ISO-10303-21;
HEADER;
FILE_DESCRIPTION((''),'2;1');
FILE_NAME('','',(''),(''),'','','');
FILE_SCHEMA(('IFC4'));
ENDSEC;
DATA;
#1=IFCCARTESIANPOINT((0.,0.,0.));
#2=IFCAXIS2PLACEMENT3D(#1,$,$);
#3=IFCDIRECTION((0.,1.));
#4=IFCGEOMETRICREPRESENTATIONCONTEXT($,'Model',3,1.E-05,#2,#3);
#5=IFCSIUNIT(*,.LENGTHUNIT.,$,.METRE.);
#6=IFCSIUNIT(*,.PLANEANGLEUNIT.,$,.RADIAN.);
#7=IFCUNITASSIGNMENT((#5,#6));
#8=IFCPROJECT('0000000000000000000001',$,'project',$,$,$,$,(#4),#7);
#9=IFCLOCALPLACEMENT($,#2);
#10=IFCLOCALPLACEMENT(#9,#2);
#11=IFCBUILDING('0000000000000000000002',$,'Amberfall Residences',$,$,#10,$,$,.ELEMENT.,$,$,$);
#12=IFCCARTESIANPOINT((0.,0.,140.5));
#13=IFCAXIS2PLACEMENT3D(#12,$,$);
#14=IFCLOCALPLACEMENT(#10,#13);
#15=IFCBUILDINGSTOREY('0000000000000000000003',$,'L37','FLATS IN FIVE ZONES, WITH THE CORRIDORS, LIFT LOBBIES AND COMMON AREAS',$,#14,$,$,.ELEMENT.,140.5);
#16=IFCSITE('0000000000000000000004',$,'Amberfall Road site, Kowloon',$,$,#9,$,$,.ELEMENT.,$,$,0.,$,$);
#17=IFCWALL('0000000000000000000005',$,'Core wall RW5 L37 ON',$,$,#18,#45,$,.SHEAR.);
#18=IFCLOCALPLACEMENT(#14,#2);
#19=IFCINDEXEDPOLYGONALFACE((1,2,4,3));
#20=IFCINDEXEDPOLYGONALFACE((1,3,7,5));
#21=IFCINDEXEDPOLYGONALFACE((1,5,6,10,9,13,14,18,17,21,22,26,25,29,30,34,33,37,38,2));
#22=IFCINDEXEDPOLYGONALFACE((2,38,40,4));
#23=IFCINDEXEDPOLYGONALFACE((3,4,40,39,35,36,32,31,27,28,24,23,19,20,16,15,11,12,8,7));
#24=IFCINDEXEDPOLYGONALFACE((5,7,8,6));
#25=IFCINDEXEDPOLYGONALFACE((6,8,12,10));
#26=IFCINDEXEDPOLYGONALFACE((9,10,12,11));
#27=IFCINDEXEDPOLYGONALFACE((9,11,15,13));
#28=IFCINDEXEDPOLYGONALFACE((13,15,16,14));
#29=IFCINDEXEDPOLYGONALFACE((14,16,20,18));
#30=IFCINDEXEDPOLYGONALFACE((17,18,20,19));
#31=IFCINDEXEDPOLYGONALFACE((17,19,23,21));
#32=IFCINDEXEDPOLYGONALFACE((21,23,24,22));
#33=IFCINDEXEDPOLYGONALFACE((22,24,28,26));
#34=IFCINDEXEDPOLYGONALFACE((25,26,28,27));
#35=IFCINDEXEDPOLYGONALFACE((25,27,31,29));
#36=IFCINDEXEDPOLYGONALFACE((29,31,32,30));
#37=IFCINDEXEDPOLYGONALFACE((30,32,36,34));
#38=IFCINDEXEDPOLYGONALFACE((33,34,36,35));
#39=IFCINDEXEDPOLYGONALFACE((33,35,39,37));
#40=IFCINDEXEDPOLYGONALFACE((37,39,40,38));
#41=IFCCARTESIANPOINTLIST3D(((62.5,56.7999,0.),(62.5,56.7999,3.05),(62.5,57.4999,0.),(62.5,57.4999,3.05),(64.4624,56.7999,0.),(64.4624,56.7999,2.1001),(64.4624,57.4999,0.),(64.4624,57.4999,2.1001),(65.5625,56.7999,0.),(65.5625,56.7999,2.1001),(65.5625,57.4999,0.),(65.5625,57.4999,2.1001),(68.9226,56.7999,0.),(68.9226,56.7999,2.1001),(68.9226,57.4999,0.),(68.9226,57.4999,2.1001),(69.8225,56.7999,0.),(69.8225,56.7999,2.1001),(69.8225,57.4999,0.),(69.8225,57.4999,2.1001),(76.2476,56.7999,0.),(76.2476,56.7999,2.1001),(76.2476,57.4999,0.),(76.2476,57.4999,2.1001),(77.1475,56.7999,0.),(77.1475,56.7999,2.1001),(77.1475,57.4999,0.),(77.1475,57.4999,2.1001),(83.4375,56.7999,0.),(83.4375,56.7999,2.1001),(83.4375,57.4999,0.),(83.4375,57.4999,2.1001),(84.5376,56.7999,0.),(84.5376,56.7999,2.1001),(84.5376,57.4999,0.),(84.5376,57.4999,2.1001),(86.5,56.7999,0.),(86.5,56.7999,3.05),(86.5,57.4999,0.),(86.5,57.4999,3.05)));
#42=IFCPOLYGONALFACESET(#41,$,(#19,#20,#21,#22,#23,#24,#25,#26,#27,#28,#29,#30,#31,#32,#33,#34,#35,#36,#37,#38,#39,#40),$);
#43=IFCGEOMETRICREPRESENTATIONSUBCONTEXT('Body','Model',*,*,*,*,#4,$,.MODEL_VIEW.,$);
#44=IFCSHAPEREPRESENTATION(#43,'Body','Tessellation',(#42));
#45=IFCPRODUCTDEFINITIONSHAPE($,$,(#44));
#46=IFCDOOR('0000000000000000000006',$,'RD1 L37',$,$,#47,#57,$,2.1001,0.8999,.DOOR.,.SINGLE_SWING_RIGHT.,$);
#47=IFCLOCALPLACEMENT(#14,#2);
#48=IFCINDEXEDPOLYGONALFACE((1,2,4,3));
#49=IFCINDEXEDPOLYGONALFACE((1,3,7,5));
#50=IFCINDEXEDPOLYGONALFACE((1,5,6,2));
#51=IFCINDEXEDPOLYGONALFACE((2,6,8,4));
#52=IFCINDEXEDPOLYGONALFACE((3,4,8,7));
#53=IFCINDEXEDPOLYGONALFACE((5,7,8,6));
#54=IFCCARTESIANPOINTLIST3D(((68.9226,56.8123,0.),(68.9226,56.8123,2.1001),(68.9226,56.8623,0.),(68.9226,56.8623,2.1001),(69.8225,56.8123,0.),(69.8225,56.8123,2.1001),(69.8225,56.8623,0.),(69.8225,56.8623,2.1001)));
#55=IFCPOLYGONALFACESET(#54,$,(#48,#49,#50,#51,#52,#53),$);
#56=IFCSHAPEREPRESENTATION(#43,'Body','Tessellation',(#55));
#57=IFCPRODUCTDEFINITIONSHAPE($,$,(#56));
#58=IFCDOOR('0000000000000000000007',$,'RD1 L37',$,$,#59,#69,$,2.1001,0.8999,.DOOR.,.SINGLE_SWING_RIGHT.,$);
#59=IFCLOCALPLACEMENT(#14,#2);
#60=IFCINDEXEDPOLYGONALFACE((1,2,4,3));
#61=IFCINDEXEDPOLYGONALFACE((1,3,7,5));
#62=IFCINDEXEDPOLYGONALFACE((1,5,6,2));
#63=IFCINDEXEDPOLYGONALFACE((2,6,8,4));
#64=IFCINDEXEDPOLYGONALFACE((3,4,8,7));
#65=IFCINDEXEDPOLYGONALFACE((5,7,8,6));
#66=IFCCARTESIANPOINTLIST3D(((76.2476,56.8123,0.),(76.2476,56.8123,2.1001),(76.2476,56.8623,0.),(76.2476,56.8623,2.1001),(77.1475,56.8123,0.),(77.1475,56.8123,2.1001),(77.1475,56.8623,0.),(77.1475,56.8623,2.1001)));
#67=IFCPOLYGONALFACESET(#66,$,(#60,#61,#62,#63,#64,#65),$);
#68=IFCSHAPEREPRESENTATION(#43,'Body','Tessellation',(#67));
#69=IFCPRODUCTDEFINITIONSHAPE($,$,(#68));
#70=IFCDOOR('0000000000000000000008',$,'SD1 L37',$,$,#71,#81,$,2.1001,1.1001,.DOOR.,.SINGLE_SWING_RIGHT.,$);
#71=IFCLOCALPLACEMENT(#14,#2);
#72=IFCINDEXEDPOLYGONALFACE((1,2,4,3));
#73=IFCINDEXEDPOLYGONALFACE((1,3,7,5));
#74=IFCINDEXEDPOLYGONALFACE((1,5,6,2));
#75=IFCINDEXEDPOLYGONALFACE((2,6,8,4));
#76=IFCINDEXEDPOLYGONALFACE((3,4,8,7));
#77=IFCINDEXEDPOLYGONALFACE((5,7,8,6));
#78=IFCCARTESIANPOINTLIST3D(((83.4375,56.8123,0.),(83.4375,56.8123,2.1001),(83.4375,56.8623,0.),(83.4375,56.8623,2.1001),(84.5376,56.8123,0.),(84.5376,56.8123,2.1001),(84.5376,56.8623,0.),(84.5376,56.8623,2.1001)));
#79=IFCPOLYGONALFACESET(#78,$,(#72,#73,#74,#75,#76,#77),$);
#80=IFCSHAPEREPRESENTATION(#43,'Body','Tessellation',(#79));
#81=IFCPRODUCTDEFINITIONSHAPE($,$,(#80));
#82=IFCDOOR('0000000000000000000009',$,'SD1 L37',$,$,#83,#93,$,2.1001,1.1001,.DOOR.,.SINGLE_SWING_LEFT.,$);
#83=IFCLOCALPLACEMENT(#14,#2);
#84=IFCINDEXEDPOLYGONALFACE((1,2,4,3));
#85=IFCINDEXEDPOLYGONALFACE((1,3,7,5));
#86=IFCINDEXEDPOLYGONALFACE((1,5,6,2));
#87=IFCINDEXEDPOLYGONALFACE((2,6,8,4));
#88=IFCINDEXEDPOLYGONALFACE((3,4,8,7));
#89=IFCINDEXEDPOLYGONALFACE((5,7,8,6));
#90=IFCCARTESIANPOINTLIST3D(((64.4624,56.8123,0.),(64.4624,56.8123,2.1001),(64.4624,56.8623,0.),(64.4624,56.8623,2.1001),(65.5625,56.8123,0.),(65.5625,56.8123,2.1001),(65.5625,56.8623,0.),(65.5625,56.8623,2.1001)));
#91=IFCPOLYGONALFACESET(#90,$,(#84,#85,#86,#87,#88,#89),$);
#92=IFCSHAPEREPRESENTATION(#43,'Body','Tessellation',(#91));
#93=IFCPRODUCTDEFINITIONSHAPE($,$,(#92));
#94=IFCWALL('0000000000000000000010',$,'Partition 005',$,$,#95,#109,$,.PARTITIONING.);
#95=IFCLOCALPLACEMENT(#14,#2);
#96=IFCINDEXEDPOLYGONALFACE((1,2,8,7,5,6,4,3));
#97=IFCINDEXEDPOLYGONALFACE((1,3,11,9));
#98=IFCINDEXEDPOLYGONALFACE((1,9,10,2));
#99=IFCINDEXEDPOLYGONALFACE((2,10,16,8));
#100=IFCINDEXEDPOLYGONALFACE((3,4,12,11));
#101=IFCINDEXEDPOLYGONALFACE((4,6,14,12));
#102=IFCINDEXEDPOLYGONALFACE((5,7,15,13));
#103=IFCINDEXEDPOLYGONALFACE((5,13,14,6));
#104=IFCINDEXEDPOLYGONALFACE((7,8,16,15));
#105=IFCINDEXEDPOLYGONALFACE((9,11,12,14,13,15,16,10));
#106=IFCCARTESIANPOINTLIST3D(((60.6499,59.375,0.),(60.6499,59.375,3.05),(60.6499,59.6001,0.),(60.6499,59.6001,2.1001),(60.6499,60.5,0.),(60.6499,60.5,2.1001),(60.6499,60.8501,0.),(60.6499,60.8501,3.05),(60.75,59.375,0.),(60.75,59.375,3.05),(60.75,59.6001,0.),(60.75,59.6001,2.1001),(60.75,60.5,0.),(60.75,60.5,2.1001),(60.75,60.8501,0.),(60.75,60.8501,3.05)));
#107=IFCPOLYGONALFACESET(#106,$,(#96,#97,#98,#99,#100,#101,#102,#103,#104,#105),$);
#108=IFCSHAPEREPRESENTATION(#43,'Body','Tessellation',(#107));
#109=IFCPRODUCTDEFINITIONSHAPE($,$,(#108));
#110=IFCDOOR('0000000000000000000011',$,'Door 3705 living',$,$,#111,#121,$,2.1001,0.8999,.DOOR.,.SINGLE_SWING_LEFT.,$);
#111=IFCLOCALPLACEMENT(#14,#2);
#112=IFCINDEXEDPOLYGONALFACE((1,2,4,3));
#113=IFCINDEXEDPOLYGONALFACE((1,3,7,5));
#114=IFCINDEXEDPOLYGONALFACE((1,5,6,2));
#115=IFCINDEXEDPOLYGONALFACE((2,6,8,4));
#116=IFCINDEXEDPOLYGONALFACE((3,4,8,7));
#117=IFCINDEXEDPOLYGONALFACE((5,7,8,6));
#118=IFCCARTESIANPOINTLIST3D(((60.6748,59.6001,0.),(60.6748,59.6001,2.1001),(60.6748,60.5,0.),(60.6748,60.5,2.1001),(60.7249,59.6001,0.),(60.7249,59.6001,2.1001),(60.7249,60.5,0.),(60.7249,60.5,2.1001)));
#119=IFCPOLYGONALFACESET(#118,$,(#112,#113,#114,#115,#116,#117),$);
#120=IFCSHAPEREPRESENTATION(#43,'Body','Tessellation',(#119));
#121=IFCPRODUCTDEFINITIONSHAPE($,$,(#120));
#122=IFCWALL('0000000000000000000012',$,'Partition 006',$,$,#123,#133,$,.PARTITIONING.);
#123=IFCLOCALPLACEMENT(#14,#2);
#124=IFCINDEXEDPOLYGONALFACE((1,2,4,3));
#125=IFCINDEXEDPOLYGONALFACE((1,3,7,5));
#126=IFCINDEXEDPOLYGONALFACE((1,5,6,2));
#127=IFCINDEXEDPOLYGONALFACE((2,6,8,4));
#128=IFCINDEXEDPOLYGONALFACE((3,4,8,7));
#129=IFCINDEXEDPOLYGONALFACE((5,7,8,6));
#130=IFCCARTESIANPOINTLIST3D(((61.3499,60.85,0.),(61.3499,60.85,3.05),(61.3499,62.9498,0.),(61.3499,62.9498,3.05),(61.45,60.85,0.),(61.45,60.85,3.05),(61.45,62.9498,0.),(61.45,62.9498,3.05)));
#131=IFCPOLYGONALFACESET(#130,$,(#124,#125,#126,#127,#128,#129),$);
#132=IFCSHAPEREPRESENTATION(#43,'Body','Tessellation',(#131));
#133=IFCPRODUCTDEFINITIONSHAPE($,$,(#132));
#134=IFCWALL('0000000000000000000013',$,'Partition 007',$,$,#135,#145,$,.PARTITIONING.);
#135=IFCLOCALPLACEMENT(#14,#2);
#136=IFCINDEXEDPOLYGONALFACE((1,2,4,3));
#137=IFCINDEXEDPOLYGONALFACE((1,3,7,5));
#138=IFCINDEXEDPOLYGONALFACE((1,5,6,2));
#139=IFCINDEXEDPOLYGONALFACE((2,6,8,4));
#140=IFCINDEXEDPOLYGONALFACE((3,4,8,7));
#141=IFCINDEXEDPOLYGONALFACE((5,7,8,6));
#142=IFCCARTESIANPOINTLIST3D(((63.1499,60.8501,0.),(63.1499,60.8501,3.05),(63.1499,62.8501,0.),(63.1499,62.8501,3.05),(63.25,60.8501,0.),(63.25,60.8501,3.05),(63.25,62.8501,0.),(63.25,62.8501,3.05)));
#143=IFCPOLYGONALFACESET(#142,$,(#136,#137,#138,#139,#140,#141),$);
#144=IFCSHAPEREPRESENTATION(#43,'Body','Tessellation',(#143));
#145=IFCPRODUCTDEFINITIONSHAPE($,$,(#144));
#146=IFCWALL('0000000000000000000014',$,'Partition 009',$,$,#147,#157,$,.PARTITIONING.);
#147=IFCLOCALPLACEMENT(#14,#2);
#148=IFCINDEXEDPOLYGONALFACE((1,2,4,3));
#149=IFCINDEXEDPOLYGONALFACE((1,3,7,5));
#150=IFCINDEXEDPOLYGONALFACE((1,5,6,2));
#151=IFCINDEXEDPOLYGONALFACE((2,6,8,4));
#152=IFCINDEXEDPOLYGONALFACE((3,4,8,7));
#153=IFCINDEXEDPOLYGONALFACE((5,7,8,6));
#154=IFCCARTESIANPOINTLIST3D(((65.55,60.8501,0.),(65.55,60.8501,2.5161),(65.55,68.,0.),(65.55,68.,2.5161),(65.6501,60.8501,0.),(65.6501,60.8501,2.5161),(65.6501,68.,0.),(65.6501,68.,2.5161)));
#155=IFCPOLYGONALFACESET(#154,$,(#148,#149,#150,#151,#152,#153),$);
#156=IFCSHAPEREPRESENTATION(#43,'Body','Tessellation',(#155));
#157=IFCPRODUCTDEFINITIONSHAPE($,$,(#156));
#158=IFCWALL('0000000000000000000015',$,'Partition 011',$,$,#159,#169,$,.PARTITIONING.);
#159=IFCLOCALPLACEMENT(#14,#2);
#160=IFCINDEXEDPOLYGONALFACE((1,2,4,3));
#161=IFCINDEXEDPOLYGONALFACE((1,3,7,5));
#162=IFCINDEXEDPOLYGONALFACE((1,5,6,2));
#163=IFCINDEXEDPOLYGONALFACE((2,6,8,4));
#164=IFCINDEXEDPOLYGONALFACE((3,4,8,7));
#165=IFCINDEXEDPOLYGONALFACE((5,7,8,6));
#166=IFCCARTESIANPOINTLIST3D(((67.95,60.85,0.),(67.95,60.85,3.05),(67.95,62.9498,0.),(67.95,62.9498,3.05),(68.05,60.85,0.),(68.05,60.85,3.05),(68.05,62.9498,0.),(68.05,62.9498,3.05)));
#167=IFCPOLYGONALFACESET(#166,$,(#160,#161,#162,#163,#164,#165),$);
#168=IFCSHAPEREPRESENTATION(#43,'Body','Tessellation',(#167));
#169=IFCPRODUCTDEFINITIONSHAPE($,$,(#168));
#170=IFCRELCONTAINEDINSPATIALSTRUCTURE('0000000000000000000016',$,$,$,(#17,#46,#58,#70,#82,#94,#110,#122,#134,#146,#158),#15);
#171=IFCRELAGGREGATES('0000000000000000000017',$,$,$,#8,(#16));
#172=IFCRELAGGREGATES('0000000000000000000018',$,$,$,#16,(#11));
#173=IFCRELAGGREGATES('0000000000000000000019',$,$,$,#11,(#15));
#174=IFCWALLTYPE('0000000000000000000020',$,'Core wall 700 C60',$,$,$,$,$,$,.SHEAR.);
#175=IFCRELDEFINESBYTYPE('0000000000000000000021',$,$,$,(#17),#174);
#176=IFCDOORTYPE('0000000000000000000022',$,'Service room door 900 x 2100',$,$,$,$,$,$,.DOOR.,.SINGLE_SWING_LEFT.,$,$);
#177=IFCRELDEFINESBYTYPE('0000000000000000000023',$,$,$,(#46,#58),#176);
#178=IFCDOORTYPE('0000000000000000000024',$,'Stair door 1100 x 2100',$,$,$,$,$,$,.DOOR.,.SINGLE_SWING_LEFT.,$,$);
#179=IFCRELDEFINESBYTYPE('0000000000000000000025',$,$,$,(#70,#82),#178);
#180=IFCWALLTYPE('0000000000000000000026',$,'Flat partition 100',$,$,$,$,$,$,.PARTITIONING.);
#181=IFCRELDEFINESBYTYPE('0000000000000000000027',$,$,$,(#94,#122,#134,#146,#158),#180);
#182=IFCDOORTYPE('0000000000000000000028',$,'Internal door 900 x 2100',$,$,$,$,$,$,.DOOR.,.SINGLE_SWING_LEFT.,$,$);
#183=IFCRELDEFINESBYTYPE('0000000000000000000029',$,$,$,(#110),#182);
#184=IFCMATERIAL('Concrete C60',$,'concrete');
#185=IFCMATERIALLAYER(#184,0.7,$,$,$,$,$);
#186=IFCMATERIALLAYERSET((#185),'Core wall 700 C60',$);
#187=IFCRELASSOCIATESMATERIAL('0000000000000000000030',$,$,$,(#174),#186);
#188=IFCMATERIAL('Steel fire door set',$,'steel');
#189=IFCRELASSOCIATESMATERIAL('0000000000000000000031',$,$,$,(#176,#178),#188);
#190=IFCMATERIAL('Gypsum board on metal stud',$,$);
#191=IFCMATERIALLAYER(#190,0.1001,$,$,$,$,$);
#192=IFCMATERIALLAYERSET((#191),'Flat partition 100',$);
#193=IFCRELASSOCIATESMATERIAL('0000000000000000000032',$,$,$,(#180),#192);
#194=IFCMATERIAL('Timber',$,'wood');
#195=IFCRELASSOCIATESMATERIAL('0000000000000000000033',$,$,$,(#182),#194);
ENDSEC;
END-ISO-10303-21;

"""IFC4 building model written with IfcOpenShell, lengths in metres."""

from ifc_helpers import new_model, si_unit, direction, frame, frame_2d, origin, place, context, subcontext, project, spatial, rectangle, extrude, material, layer, layer_set, type_object, element, fill, save


model = new_model("IFC4")

# Units and contexts
model_context = context("Model", 3, precision=1e-05, world=origin(), true_north=direction((0.0, 1.0)))
body_context = subcontext(model_context, "Body", "Model", "MODEL_VIEW")
ifc_project = project(units=[si_unit("LENGTHUNIT", "METRE"), si_unit("PLANEANGLEUNIT", "RADIAN")], contexts=[model_context])

# Site, building, storey
site_placement = place(None, origin())
site = spatial("IfcSite", under=ifc_project, at=site_placement, Name="Amberfall Road site, Kowloon", CompositionType="ELEMENT", RefElevation=0.0)
building_placement = place(site_placement, origin())
building = spatial("IfcBuilding", under=site, at=building_placement, Name="Amberfall Residences", CompositionType="ELEMENT")
storey_placement = place(building_placement, frame((0.0, 0.0, 140.5)))
storey = spatial("IfcBuildingStorey", under=building, at=storey_placement, Name="L37", Description="FLATS IN FIVE ZONES, WITH THE CORRIDORS, LIFT LOBBIES AND COMMON AREAS", CompositionType="ELEMENT", Elevation=140.5)

# Wall, openings, doors
ifc_material_1 = material(Name="Concrete C60", Category="concrete")
ifc_layer_1 = layer(ifc_material_1, 0.7)
ifc_layer_set_1 = layer_set([ifc_layer_1], Name="Core wall 700 C60")
wall_type_1 = type_object("IfcWallType", Name="Core wall 700 C60", PredefinedType="SHEAR", material=ifc_layer_set_1)
wall_1_placement = place(storey_placement, frame((62.5, 57.1499, 0.0), z_axis=(0.0, 0.0, 1.0), x_axis=(1.0, 0.0, 0.0)))
wall_1 = element("IfcWall", 1, at=wall_1_placement, inside=storey, type_object=wall_type_1, Name="Core wall RW5 L37 ON", PredefinedType="SHEAR", context=body_context, shape_type="SweptSolid", body=[
    extrude(rectangle(XDim=24.0, YDim=0.7, at=frame_2d((12.0, 0.0))), origin(), (0.0, 0.0, 1.0), 3.05),
])
opening_1_placement = place(wall_1_placement, frame((20.9375, 0.0, 0.0)))
opening_1 = element("IfcOpeningElement", 2, at=opening_1_placement, cuts=wall_1, PredefinedType="OPENING", context=body_context, shape_type="SweptSolid", body=[
    extrude(rectangle(XDim=1.1001, YDim=2.1001, at=frame_2d((0.55, 1.05))), frame((0.0, 0.3599, 0.0), z_axis=(0.0, -1.0, 0.0), x_axis=(1.0, 0.0, 0.0)), (0.0, 0.0, 1.0), 0.72),
])
opening_2_placement = place(wall_1_placement, frame((1.9624, 0.0, 0.0)))
opening_2 = element("IfcOpeningElement", 3, at=opening_2_placement, cuts=wall_1, PredefinedType="OPENING", context=body_context, shape_type="SweptSolid", body=[
    extrude(rectangle(XDim=1.1001, YDim=2.1001, at=frame_2d((0.55, 1.05))), frame((0.0, 0.3599, 0.0), z_axis=(0.0, -1.0, 0.0), x_axis=(1.0, 0.0, 0.0)), (0.0, 0.0, 1.0), 0.72),
])
opening_3_placement = place(wall_1_placement, frame((6.4226, 0.0, 0.0)))
opening_3 = element("IfcOpeningElement", 4, at=opening_3_placement, cuts=wall_1, PredefinedType="OPENING", context=body_context, shape_type="SweptSolid", body=[
    extrude(rectangle(XDim=0.8999, YDim=2.1001, at=frame_2d((0.45, 1.05))), frame((0.0, 0.3599, 0.0), z_axis=(0.0, -1.0, 0.0), x_axis=(1.0, 0.0, 0.0)), (0.0, 0.0, 1.0), 0.72),
])
opening_4_placement = place(wall_1_placement, frame((13.7476, 0.0, 0.0)))
opening_4 = element("IfcOpeningElement", 5, at=opening_4_placement, cuts=wall_1, PredefinedType="OPENING", context=body_context, shape_type="SweptSolid", body=[
    extrude(rectangle(XDim=0.8999, YDim=2.1001, at=frame_2d((0.45, 1.05))), frame((0.0, 0.3599, 0.0), z_axis=(0.0, -1.0, 0.0), x_axis=(1.0, 0.0, 0.0)), (0.0, 0.0, 1.0), 0.72),
])
ifc_material_2 = material(Name="Steel fire door set", Category="steel")
door_type_1 = type_object("IfcDoorType", Name="Service room door 900 x 2100", OperationType="SINGLE_SWING_LEFT", PredefinedType="DOOR", material=ifc_material_2)
door_1_placement = place(opening_3_placement, origin())
door_1 = element("IfcDoor", 6, at=door_1_placement, inside=storey, type_object=door_type_1, Name="RD1 L37", OperationType="SINGLE_SWING_RIGHT", OverallHeight=2.1001, OverallWidth=0.8999, PredefinedType="DOOR", context=body_context, shape_type="SweptSolid", body=[
    extrude(rectangle(XDim=0.8999, YDim=2.1001, at=frame_2d((0.45, 1.05))), frame((0.0, -0.2876, 0.0), z_axis=(0.0, -1.0, 0.0), x_axis=(1.0, 0.0, 0.0)), (0.0, 0.0, 1.0), 0.05),
])
fill(opening_3, door_1)
door_2_placement = place(opening_4_placement, origin())
door_2 = element("IfcDoor", 7, at=door_2_placement, inside=storey, type_object=door_type_1, Name="RD1 L37", OperationType="SINGLE_SWING_RIGHT", OverallHeight=2.1001, OverallWidth=0.8999, PredefinedType="DOOR", context=body_context, shape_type="SweptSolid", body=[
    extrude(rectangle(XDim=0.8999, YDim=2.1001, at=frame_2d((0.45, 1.05))), frame((0.0, -0.2876, 0.0), z_axis=(0.0, -1.0, 0.0), x_axis=(1.0, 0.0, 0.0)), (0.0, 0.0, 1.0), 0.05),
])
fill(opening_4, door_2)
door_type_2 = type_object("IfcDoorType", Name="Stair door 1100 x 2100", OperationType="SINGLE_SWING_LEFT", PredefinedType="DOOR", material=ifc_material_2)
door_3_placement = place(opening_1_placement, origin())
door_3 = element("IfcDoor", 8, at=door_3_placement, inside=storey, type_object=door_type_2, Name="SD1 L37", OperationType="SINGLE_SWING_RIGHT", OverallHeight=2.1001, OverallWidth=1.1001, PredefinedType="DOOR", context=body_context, shape_type="SweptSolid", body=[
    extrude(rectangle(XDim=1.1001, YDim=2.1001, at=frame_2d((0.55, 1.05))), frame((0.0, -0.2876, 0.0), z_axis=(0.0, -1.0, 0.0), x_axis=(1.0, 0.0, 0.0)), (0.0, 0.0, 1.0), 0.05),
])
fill(opening_1, door_3)
door_4_placement = place(opening_2_placement, origin())
door_4 = element("IfcDoor", 9, at=door_4_placement, inside=storey, type_object=door_type_2, Name="SD1 L37", OperationType="SINGLE_SWING_LEFT", OverallHeight=2.1001, OverallWidth=1.1001, PredefinedType="DOOR", context=body_context, shape_type="SweptSolid", body=[
    extrude(rectangle(XDim=1.1001, YDim=2.1001, at=frame_2d((0.55, 1.05))), frame((0.0, -0.2876, 0.0), z_axis=(0.0, -1.0, 0.0), x_axis=(1.0, 0.0, 0.0)), (0.0, 0.0, 1.0), 0.05),
])
fill(opening_2, door_4)

# Wall, opening, door
ifc_material_3 = material(Name="Gypsum board on metal stud")
ifc_layer_2 = layer(ifc_material_3, 0.1001)
ifc_layer_set_2 = layer_set([ifc_layer_2], Name="Flat partition 100")
wall_type_2 = type_object("IfcWallType", Name="Flat partition 100", PredefinedType="PARTITIONING", material=ifc_layer_set_2)
wall_2_placement = place(storey_placement, frame((60.7, 60.8501, 0.0), z_axis=(0.0, 0.0, 1.0), x_axis=(0.0, -1.0, 0.0)))
wall_2 = element("IfcWall", 10, at=wall_2_placement, inside=storey, type_object=wall_type_2, Name="Partition 005", PredefinedType="PARTITIONING", context=body_context, shape_type="SweptSolid", body=[
    extrude(rectangle(XDim=1.4751, YDim=0.1001, at=frame_2d((0.7375, 0.0))), origin(), (0.0, 0.0, 1.0), 3.05),
])
opening_5_placement = place(wall_2_placement, frame((0.3501, 0.0, 0.0)))
opening_5 = element("IfcOpeningElement", 11, at=opening_5_placement, cuts=wall_2, PredefinedType="OPENING", context=body_context, shape_type="SweptSolid", body=[
    extrude(rectangle(XDim=0.8999, YDim=2.1001, at=frame_2d((0.45, 1.05))), frame((0.0, 0.0601, 0.0), z_axis=(0.0, -1.0, 0.0), x_axis=(1.0, 0.0, 0.0)), (0.0, 0.0, 1.0), 0.1201),
])
ifc_material_4 = material(Name="Timber", Category="wood")
door_type_3 = type_object("IfcDoorType", Name="Internal door 900 x 2100", OperationType="SINGLE_SWING_LEFT", PredefinedType="DOOR", material=ifc_material_4)
door_5_placement = place(opening_5_placement, origin())
door_5 = element("IfcDoor", 12, at=door_5_placement, inside=storey, type_object=door_type_3, Name="Door 3705 living", OperationType="SINGLE_SWING_LEFT", OverallHeight=2.1001, OverallWidth=0.8999, PredefinedType="DOOR", context=body_context, shape_type="SweptSolid", body=[
    extrude(rectangle(XDim=0.8999, YDim=2.1001, at=frame_2d((0.45, 1.05))), frame((0.0, 0.0249, 0.0), z_axis=(0.0, -1.0, 0.0), x_axis=(1.0, 0.0, 0.0)), (0.0, 0.0, 1.0), 0.05),
])
fill(opening_5, door_5)

# Walls
wall_3_placement = place(storey_placement, frame((61.3999, 60.8501, 0.0), z_axis=(0.0, 0.0, 1.0), x_axis=(0.0, 1.0, 0.0)))
element("IfcWall", 13, at=wall_3_placement, inside=storey, type_object=wall_type_2, Name="Partition 006", PredefinedType="PARTITIONING", context=body_context, shape_type="SweptSolid", body=[
    extrude(rectangle(XDim=2.0999, YDim=0.1001, at=frame_2d((1.0498, 0.0))), origin(), (0.0, 0.0, 1.0), 3.05),
])
wall_4_placement = place(storey_placement, frame((63.2, 60.8501, 0.0), z_axis=(0.0, 0.0, 1.0), x_axis=(0.0, 1.0, 0.0)))
element("IfcWall", 14, at=wall_4_placement, inside=storey, type_object=wall_type_2, Name="Partition 007", PredefinedType="PARTITIONING", context=body_context, shape_type="SweptSolid", body=[
    extrude(rectangle(XDim=2.0, YDim=0.1001, at=frame_2d((1.0, 0.0))), origin(), (0.0, 0.0, 1.0), 3.05),
])
wall_5_placement = place(storey_placement, frame((65.6001, 60.8501, 0.0), z_axis=(0.0, 0.0, 1.0), x_axis=(0.0, 1.0, 0.0)))
element("IfcWall", 15, at=wall_5_placement, inside=storey, type_object=wall_type_2, Name="Partition 009", PredefinedType="PARTITIONING", context=body_context, shape_type="SweptSolid", body=[
    extrude(rectangle(XDim=7.1499, YDim=0.1001, at=frame_2d((3.575, 0.0))), origin(), (0.0, 0.0, 1.0), 2.5161),
])
wall_6_placement = place(storey_placement, frame((68.0, 60.8501, 0.0), z_axis=(0.0, 0.0, 1.0), x_axis=(0.0, 1.0, 0.0)))
element("IfcWall", 16, at=wall_6_placement, inside=storey, type_object=wall_type_2, Name="Partition 011", PredefinedType="PARTITIONING", context=body_context, shape_type="SweptSolid", body=[
    extrude(rectangle(XDim=2.0999, YDim=0.1001, at=frame_2d((1.0498, 0.0))), origin(), (0.0, 0.0, 1.0), 3.05),
])

save(model, "model.ifc")
